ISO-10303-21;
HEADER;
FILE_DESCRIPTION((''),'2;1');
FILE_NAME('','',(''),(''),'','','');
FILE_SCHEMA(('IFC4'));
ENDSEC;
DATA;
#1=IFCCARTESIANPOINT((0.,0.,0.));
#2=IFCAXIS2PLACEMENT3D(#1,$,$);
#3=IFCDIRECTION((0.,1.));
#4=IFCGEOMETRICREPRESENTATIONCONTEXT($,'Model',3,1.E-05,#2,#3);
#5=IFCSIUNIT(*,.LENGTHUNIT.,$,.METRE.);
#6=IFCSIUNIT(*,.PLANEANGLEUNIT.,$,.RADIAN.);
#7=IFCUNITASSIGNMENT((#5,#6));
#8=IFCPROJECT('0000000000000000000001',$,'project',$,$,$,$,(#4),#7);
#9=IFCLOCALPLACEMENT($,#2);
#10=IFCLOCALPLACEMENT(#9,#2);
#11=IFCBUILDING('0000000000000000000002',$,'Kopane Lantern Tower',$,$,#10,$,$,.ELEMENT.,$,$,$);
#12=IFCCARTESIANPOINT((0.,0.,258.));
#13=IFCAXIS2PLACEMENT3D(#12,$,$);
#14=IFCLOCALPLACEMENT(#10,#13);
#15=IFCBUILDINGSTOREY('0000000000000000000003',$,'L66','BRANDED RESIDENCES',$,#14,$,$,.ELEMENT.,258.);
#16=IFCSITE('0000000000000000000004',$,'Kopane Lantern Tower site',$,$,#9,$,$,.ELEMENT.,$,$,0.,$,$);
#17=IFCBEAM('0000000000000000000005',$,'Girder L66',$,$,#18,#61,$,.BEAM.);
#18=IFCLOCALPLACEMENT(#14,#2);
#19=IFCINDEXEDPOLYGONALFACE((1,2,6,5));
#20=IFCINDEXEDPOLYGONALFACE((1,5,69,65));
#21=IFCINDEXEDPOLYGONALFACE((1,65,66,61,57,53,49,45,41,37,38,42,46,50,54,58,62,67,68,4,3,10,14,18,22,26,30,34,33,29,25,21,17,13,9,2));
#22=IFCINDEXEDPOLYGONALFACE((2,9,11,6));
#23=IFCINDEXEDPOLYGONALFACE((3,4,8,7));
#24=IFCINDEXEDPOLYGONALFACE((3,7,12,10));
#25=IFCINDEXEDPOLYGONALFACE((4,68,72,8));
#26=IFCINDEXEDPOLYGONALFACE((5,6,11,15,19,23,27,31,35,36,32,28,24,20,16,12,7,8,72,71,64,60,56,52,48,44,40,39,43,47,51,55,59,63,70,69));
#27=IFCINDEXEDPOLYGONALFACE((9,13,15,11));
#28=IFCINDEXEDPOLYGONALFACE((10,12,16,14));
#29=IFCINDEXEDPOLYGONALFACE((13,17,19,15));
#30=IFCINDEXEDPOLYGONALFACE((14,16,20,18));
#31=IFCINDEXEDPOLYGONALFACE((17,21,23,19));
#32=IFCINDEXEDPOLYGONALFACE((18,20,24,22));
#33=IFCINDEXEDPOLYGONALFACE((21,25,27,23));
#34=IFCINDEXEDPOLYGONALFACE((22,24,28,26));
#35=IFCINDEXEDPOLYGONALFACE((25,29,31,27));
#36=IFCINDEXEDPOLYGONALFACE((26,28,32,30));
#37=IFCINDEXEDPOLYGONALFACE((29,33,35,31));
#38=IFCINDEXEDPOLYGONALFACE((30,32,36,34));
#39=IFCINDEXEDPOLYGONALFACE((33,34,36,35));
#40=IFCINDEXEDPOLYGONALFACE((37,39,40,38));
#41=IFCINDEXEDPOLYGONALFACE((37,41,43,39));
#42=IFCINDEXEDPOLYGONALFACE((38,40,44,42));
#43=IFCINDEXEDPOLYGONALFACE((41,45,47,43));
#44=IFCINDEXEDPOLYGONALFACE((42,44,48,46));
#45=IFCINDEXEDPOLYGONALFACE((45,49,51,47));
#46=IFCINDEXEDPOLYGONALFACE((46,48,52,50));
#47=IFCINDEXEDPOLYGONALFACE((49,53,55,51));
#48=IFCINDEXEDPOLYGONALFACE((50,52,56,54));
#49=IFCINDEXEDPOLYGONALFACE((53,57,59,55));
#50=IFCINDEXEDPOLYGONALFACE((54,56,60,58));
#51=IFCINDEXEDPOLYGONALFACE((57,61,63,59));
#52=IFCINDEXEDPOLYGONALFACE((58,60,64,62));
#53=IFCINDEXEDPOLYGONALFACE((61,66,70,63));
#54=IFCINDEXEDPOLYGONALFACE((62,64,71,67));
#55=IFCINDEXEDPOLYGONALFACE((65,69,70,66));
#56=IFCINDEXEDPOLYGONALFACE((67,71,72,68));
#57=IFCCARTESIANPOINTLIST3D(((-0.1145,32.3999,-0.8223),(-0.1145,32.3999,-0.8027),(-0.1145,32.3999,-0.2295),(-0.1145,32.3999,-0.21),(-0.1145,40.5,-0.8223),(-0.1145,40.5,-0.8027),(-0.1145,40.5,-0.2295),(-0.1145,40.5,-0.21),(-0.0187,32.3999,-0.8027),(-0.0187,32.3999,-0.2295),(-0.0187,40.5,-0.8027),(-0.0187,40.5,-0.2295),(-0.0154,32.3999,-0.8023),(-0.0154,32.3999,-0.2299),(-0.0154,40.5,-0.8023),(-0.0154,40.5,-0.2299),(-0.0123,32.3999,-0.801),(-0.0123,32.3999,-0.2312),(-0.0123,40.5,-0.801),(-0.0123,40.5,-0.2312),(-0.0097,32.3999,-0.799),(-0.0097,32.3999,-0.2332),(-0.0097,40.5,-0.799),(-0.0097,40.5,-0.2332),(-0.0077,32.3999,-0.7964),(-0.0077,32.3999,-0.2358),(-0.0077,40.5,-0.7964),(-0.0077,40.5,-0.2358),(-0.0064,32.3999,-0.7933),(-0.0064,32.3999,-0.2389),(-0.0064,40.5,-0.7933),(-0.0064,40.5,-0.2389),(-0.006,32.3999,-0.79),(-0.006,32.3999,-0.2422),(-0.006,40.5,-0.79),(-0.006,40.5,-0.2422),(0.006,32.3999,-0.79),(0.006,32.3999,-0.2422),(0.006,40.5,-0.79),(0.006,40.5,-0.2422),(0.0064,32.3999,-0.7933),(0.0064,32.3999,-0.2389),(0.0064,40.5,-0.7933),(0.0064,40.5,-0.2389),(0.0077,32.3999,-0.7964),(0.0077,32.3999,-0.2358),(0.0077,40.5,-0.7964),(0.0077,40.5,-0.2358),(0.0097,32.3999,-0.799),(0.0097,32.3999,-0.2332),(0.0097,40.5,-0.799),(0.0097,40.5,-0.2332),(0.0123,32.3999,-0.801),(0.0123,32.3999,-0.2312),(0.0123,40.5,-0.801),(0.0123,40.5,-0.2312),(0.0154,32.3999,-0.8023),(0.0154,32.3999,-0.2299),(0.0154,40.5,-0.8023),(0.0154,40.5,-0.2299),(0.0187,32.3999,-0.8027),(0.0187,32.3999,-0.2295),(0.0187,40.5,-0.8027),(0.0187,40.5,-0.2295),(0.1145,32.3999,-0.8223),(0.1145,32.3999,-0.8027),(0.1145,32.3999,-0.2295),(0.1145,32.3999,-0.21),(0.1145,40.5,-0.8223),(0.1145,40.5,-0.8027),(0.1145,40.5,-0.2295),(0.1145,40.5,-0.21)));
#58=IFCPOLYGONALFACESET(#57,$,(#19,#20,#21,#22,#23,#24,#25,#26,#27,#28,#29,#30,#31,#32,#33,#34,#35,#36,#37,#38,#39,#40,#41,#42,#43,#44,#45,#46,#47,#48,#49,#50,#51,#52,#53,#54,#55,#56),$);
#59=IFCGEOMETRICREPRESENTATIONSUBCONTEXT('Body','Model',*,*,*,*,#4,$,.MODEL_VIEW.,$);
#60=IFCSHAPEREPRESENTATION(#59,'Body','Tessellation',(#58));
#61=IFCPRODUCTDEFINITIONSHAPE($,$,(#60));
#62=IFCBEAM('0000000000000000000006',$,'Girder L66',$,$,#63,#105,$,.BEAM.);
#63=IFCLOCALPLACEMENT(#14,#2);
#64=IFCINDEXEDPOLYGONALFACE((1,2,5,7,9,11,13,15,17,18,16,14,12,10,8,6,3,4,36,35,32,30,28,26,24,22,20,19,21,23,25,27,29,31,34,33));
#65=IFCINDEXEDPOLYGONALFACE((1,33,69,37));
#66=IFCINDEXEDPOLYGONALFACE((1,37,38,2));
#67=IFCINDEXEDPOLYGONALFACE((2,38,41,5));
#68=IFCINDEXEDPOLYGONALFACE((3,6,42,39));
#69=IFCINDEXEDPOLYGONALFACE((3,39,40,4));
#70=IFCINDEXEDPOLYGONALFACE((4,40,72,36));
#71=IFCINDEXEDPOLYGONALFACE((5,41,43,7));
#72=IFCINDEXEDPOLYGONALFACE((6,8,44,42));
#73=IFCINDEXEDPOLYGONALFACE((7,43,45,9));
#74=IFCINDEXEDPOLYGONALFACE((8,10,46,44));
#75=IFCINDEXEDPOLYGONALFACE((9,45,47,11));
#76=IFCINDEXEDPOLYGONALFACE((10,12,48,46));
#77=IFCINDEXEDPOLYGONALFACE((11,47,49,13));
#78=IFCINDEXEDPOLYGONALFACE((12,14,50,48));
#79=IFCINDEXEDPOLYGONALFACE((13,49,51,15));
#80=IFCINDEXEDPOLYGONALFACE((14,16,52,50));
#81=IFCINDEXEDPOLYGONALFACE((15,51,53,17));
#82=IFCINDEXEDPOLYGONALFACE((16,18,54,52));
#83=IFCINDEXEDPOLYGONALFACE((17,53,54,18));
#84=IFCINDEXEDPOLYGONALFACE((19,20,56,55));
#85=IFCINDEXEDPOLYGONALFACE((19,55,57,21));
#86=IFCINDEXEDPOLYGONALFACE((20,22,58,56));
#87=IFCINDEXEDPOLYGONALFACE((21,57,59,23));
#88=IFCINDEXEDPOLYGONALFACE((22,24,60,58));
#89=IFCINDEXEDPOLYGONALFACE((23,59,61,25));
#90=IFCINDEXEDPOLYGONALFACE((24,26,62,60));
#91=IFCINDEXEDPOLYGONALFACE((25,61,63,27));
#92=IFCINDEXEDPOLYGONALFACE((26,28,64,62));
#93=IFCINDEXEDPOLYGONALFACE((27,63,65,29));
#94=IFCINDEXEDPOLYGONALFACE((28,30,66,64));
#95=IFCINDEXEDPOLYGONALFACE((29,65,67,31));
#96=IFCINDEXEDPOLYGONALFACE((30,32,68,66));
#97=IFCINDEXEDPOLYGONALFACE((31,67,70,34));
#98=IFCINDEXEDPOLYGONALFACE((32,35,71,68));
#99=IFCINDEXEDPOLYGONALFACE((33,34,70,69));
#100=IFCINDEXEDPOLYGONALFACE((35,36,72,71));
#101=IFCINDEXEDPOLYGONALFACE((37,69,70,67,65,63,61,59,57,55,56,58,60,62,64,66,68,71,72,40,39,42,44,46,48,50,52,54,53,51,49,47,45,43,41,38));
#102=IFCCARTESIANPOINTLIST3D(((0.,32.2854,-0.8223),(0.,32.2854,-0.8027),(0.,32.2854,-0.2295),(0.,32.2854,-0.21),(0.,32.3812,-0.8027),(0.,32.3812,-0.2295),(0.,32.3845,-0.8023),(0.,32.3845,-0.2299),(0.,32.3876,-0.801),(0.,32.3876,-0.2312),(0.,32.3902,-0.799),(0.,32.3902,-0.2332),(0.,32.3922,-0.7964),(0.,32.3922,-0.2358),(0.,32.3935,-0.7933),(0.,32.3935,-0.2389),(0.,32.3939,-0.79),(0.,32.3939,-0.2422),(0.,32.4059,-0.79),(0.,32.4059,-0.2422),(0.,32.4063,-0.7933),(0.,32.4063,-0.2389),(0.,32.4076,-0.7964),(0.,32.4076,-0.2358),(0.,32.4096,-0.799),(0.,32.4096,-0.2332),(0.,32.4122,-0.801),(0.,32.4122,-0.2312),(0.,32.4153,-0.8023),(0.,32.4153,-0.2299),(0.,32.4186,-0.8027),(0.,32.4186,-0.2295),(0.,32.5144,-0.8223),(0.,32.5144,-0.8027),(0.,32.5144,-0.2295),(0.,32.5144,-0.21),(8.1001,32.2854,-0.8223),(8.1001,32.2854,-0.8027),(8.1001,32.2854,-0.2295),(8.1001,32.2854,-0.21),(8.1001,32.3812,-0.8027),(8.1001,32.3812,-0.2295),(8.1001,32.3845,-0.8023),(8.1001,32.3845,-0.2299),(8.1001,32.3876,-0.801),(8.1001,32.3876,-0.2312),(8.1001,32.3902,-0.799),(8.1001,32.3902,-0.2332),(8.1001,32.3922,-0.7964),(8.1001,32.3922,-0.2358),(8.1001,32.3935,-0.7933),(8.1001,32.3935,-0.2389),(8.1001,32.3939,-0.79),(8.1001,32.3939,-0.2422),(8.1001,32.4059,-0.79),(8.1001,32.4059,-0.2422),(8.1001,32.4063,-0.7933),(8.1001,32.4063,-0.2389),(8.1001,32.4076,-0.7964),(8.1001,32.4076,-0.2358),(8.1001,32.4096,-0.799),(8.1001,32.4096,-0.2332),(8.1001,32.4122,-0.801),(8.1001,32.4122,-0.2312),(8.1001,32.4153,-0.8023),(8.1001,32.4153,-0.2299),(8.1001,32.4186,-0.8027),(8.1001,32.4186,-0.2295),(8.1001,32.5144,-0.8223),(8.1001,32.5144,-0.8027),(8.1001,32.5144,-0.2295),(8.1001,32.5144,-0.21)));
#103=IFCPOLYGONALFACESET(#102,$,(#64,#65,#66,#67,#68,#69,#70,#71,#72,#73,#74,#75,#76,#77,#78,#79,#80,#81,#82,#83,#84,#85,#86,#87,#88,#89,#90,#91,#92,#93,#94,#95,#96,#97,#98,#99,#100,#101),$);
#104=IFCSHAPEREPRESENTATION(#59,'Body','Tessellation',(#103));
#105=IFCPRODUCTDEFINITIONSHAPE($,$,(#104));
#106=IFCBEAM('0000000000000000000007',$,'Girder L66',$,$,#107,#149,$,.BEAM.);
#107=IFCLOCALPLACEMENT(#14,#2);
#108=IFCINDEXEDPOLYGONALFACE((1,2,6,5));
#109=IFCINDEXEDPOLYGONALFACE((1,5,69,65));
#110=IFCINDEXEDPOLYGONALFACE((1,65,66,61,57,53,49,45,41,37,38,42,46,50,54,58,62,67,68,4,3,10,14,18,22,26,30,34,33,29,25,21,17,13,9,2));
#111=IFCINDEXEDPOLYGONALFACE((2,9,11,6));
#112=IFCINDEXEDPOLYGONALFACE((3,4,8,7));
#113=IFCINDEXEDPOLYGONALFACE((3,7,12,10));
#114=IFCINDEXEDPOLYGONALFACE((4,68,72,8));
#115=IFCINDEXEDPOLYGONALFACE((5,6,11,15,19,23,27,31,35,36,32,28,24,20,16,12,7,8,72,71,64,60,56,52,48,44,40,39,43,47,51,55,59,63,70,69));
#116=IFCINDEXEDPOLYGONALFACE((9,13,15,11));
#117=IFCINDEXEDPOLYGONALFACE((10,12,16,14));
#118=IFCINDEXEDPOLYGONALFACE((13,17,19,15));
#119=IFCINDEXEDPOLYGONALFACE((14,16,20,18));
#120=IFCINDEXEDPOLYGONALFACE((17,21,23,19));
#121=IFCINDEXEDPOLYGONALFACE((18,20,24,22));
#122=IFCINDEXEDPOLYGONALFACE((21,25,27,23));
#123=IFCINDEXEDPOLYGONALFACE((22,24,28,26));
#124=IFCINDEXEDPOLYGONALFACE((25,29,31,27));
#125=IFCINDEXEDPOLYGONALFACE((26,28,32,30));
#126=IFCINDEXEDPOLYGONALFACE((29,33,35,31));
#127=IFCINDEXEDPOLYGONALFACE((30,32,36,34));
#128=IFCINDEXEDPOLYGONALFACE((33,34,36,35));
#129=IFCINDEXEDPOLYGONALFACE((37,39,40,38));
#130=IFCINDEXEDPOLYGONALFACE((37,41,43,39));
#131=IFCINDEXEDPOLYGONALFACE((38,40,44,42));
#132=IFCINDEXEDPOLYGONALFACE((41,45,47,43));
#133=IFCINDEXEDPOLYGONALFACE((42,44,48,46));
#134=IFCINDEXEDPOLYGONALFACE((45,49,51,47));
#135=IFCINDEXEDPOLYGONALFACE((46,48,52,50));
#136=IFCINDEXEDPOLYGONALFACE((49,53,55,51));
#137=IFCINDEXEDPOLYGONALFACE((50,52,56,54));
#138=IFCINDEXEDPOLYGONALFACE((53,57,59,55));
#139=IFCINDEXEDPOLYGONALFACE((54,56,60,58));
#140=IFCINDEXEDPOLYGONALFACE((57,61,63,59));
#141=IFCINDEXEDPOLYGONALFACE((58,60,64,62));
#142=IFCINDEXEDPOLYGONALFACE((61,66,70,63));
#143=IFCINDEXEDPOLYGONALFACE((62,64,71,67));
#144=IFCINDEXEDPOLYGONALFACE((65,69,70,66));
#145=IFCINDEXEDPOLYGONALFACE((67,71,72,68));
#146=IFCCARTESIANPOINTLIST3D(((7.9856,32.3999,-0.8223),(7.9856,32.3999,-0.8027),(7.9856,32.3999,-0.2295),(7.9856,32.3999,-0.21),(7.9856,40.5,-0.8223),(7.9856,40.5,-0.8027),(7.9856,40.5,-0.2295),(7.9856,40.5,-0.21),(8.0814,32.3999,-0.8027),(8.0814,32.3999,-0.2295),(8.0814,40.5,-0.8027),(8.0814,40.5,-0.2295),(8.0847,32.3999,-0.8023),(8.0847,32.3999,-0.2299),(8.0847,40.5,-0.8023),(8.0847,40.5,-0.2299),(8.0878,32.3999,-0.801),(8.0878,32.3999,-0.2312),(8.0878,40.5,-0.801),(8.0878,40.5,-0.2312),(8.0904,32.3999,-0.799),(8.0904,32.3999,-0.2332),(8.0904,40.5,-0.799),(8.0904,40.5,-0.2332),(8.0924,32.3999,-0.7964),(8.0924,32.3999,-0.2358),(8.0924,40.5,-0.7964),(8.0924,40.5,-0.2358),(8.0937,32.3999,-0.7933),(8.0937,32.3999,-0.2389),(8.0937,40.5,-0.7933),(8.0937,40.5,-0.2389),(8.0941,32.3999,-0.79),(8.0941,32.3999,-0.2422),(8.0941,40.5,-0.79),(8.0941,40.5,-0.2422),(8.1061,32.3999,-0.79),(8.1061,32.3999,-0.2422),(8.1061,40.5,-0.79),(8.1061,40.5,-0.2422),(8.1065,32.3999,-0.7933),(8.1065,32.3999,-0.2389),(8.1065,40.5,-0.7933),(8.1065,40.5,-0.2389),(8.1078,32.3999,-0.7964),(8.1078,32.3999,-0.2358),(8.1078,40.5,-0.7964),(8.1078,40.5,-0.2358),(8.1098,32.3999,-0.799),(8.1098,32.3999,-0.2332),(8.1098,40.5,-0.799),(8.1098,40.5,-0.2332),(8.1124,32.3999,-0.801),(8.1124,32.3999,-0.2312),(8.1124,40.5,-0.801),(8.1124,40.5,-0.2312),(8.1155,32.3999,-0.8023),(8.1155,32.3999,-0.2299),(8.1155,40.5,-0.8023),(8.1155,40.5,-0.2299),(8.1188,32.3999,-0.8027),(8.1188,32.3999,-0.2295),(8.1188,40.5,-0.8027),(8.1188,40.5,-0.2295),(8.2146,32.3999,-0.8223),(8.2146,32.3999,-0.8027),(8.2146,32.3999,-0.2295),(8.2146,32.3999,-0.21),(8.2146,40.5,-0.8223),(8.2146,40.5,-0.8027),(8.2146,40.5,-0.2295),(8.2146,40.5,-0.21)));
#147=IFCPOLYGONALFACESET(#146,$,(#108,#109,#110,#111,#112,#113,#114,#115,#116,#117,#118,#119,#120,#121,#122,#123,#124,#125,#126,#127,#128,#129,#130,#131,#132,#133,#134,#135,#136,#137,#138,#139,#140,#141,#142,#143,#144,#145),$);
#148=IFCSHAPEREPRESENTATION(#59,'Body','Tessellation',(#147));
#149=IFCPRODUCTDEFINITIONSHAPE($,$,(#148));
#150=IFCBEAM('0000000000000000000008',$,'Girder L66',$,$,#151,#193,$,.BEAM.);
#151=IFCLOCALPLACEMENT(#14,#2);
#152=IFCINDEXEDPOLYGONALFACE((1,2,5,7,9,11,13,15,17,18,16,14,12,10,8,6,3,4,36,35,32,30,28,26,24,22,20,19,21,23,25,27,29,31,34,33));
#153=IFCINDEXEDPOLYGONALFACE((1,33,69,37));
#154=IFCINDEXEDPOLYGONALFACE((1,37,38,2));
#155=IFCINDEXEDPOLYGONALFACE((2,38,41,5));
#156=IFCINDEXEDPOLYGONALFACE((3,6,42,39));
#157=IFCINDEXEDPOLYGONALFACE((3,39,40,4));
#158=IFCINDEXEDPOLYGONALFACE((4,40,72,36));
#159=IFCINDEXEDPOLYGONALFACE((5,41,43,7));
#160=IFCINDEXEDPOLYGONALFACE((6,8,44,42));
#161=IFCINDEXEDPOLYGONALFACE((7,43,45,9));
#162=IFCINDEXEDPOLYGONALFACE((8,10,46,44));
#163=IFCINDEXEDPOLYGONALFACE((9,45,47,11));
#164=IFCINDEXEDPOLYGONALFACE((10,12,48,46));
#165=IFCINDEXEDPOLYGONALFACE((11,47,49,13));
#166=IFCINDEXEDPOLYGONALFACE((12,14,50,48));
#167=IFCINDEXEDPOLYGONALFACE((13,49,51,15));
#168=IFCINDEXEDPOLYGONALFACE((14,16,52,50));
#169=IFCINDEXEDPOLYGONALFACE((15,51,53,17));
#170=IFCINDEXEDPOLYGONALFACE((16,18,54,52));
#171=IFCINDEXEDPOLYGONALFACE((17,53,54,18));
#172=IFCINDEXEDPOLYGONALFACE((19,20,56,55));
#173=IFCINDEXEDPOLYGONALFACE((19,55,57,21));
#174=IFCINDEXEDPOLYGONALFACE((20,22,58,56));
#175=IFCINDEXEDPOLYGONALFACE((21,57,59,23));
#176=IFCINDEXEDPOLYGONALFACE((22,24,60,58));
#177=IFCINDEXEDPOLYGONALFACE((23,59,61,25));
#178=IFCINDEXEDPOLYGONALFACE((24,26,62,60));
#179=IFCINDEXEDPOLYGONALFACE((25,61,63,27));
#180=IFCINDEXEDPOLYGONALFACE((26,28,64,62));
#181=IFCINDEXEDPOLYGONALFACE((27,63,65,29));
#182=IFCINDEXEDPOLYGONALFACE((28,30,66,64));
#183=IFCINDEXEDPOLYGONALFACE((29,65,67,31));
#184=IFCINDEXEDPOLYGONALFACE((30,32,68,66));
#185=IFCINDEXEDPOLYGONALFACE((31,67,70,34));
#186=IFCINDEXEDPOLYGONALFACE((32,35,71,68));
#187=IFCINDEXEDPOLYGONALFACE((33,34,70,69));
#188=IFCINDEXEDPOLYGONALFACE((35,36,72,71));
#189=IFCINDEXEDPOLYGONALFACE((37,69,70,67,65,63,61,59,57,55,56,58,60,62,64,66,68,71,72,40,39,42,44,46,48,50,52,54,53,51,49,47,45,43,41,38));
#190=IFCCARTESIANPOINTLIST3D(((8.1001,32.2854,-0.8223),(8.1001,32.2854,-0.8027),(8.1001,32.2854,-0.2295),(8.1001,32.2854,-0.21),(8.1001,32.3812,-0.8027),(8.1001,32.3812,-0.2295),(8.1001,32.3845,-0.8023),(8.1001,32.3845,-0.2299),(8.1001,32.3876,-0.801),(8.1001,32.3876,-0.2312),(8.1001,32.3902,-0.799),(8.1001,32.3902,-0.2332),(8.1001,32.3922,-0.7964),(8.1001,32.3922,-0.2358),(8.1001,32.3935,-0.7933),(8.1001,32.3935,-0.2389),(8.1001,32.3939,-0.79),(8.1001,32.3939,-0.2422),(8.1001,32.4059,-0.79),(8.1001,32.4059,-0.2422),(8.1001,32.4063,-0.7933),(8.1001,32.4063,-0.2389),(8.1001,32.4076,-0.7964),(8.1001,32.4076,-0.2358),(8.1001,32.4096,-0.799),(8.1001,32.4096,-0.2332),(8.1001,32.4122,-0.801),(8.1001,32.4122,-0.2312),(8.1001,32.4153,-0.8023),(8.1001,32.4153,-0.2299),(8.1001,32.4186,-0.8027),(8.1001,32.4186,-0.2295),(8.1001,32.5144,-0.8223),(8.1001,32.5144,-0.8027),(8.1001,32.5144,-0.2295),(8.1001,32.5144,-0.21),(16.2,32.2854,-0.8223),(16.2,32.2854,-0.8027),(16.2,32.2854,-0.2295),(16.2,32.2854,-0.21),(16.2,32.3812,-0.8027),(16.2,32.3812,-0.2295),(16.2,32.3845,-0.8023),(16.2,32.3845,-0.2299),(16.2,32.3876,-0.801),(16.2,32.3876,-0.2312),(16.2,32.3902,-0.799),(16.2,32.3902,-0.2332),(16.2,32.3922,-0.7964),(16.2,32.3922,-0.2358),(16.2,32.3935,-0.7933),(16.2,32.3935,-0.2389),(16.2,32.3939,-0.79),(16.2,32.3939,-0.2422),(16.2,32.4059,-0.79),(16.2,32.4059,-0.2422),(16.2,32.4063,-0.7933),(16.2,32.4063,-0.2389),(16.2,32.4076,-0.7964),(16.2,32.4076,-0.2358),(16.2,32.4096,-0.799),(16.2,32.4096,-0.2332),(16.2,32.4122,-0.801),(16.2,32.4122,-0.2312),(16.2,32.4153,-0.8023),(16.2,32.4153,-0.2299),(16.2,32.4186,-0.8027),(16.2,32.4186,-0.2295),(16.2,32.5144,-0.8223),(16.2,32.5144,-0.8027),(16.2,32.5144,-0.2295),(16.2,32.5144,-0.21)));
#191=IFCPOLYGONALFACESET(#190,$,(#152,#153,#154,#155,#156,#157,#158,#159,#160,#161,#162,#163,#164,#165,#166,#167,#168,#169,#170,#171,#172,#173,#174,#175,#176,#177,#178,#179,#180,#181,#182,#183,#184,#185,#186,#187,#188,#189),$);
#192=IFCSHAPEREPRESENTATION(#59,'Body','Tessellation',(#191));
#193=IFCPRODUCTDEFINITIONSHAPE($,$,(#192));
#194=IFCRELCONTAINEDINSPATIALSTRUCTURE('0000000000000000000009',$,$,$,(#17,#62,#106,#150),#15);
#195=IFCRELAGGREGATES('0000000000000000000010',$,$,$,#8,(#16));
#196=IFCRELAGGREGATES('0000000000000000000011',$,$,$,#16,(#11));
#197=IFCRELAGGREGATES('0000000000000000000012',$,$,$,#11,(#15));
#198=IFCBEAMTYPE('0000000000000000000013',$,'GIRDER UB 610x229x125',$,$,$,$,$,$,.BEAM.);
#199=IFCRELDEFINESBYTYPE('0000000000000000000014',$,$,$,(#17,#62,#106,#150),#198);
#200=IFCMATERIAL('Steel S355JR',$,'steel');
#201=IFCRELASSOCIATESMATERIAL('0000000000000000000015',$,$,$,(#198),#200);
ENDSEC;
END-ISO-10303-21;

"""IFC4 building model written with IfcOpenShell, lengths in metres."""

from ifc_helpers import new_model, si_unit, direction, frame, origin, origin_2d, place, context, subcontext, project, spatial, i_section, extrude, material, material_profile, profile_set, type_object, element, save


model = new_model("IFC4")

# Units and contexts
model_context = context("Model", 3, precision=1e-05, world=origin(), true_north=direction((0.0, 1.0)))
body_context = subcontext(model_context, "Body", "Model", "MODEL_VIEW")
ifc_project = project(units=[si_unit("LENGTHUNIT", "METRE"), si_unit("PLANEANGLEUNIT", "RADIAN")], contexts=[model_context])

# Site, building, storey
site_placement = place(None, origin())
site = spatial("IfcSite", under=ifc_project, at=site_placement, Name="Kopane Lantern Tower site", CompositionType="ELEMENT", RefElevation=0.0)
building_placement = place(site_placement, origin())
building = spatial("IfcBuilding", under=site, at=building_placement, Name="Kopane Lantern Tower", CompositionType="ELEMENT")
storey_placement = place(building_placement, frame((0.0, 0.0, 258.0)))
storey = spatial("IfcBuildingStorey", under=building, at=storey_placement, Name="L66", Description="BRANDED RESIDENCES", CompositionType="ELEMENT", Elevation=258.0)

# Beams
ifc_material_1 = material(Name="Steel S355JR", Category="steel")
ifc_material_profile_1 = material_profile(ifc_material_1, i_section(OverallWidth=0.229, OverallDepth=0.6123, WebThickness=0.012, FlangeThickness=0.0195, FilletRadius=0.0127, at=origin_2d()), Name="UB 610x229x125")
ifc_profile_set_1 = profile_set([ifc_material_profile_1], Name="Steel S355JR")
beam_type = type_object("IfcBeamType", Name="GIRDER UB 610x229x125", PredefinedType="BEAM", material=ifc_profile_set_1)
for number, where, z_axis, x_axis, name in (
    (1, (0.0, 32.3999, -0.5161), (0.0, 1.0, 0.0), (-1.0, 0.0, 0.0), "Girder L66"),
    (2, (0.0, 32.3999, -0.5161), (1.0, 0.0, 0.0), (0.0, 1.0, 0.0), "Girder L66"),
    (3, (8.1001, 32.3999, -0.5161), (0.0, 1.0, 0.0), (-1.0, 0.0, 0.0), "Girder L66"),
):
    element("IfcBeam", number, at=place(storey_placement, frame(where, z_axis=z_axis, x_axis=x_axis)), inside=storey, type_object=beam_type, Name=name, PredefinedType="BEAM", context=body_context, shape_type="SweptSolid", body=[
        extrude(i_section(OverallWidth=0.229, OverallDepth=0.6123, WebThickness=0.012, FlangeThickness=0.0195, FilletRadius=0.0127, at=origin_2d()), origin(), (0.0, 0.0, 1.0), 8.1001),
    ])
for number, where, z_axis, x_axis, name in (
    (4, (8.1001, 32.3999, -0.5161), (1.0, 0.0, 0.0), (0.0, 1.0, 0.0), "Girder L66"),
):
    element("IfcBeam", number, at=place(storey_placement, frame(where, z_axis=z_axis, x_axis=x_axis)), inside=storey, type_object=beam_type, Name=name, PredefinedType="BEAM", context=body_context, shape_type="SweptSolid", body=[
        extrude(i_section(OverallWidth=0.229, OverallDepth=0.6123, WebThickness=0.012, FlangeThickness=0.0195, FilletRadius=0.0127, at=origin_2d()), origin(), (0.0, 0.0, 1.0), 8.0999),
    ])

save(model, "model.ifc")
